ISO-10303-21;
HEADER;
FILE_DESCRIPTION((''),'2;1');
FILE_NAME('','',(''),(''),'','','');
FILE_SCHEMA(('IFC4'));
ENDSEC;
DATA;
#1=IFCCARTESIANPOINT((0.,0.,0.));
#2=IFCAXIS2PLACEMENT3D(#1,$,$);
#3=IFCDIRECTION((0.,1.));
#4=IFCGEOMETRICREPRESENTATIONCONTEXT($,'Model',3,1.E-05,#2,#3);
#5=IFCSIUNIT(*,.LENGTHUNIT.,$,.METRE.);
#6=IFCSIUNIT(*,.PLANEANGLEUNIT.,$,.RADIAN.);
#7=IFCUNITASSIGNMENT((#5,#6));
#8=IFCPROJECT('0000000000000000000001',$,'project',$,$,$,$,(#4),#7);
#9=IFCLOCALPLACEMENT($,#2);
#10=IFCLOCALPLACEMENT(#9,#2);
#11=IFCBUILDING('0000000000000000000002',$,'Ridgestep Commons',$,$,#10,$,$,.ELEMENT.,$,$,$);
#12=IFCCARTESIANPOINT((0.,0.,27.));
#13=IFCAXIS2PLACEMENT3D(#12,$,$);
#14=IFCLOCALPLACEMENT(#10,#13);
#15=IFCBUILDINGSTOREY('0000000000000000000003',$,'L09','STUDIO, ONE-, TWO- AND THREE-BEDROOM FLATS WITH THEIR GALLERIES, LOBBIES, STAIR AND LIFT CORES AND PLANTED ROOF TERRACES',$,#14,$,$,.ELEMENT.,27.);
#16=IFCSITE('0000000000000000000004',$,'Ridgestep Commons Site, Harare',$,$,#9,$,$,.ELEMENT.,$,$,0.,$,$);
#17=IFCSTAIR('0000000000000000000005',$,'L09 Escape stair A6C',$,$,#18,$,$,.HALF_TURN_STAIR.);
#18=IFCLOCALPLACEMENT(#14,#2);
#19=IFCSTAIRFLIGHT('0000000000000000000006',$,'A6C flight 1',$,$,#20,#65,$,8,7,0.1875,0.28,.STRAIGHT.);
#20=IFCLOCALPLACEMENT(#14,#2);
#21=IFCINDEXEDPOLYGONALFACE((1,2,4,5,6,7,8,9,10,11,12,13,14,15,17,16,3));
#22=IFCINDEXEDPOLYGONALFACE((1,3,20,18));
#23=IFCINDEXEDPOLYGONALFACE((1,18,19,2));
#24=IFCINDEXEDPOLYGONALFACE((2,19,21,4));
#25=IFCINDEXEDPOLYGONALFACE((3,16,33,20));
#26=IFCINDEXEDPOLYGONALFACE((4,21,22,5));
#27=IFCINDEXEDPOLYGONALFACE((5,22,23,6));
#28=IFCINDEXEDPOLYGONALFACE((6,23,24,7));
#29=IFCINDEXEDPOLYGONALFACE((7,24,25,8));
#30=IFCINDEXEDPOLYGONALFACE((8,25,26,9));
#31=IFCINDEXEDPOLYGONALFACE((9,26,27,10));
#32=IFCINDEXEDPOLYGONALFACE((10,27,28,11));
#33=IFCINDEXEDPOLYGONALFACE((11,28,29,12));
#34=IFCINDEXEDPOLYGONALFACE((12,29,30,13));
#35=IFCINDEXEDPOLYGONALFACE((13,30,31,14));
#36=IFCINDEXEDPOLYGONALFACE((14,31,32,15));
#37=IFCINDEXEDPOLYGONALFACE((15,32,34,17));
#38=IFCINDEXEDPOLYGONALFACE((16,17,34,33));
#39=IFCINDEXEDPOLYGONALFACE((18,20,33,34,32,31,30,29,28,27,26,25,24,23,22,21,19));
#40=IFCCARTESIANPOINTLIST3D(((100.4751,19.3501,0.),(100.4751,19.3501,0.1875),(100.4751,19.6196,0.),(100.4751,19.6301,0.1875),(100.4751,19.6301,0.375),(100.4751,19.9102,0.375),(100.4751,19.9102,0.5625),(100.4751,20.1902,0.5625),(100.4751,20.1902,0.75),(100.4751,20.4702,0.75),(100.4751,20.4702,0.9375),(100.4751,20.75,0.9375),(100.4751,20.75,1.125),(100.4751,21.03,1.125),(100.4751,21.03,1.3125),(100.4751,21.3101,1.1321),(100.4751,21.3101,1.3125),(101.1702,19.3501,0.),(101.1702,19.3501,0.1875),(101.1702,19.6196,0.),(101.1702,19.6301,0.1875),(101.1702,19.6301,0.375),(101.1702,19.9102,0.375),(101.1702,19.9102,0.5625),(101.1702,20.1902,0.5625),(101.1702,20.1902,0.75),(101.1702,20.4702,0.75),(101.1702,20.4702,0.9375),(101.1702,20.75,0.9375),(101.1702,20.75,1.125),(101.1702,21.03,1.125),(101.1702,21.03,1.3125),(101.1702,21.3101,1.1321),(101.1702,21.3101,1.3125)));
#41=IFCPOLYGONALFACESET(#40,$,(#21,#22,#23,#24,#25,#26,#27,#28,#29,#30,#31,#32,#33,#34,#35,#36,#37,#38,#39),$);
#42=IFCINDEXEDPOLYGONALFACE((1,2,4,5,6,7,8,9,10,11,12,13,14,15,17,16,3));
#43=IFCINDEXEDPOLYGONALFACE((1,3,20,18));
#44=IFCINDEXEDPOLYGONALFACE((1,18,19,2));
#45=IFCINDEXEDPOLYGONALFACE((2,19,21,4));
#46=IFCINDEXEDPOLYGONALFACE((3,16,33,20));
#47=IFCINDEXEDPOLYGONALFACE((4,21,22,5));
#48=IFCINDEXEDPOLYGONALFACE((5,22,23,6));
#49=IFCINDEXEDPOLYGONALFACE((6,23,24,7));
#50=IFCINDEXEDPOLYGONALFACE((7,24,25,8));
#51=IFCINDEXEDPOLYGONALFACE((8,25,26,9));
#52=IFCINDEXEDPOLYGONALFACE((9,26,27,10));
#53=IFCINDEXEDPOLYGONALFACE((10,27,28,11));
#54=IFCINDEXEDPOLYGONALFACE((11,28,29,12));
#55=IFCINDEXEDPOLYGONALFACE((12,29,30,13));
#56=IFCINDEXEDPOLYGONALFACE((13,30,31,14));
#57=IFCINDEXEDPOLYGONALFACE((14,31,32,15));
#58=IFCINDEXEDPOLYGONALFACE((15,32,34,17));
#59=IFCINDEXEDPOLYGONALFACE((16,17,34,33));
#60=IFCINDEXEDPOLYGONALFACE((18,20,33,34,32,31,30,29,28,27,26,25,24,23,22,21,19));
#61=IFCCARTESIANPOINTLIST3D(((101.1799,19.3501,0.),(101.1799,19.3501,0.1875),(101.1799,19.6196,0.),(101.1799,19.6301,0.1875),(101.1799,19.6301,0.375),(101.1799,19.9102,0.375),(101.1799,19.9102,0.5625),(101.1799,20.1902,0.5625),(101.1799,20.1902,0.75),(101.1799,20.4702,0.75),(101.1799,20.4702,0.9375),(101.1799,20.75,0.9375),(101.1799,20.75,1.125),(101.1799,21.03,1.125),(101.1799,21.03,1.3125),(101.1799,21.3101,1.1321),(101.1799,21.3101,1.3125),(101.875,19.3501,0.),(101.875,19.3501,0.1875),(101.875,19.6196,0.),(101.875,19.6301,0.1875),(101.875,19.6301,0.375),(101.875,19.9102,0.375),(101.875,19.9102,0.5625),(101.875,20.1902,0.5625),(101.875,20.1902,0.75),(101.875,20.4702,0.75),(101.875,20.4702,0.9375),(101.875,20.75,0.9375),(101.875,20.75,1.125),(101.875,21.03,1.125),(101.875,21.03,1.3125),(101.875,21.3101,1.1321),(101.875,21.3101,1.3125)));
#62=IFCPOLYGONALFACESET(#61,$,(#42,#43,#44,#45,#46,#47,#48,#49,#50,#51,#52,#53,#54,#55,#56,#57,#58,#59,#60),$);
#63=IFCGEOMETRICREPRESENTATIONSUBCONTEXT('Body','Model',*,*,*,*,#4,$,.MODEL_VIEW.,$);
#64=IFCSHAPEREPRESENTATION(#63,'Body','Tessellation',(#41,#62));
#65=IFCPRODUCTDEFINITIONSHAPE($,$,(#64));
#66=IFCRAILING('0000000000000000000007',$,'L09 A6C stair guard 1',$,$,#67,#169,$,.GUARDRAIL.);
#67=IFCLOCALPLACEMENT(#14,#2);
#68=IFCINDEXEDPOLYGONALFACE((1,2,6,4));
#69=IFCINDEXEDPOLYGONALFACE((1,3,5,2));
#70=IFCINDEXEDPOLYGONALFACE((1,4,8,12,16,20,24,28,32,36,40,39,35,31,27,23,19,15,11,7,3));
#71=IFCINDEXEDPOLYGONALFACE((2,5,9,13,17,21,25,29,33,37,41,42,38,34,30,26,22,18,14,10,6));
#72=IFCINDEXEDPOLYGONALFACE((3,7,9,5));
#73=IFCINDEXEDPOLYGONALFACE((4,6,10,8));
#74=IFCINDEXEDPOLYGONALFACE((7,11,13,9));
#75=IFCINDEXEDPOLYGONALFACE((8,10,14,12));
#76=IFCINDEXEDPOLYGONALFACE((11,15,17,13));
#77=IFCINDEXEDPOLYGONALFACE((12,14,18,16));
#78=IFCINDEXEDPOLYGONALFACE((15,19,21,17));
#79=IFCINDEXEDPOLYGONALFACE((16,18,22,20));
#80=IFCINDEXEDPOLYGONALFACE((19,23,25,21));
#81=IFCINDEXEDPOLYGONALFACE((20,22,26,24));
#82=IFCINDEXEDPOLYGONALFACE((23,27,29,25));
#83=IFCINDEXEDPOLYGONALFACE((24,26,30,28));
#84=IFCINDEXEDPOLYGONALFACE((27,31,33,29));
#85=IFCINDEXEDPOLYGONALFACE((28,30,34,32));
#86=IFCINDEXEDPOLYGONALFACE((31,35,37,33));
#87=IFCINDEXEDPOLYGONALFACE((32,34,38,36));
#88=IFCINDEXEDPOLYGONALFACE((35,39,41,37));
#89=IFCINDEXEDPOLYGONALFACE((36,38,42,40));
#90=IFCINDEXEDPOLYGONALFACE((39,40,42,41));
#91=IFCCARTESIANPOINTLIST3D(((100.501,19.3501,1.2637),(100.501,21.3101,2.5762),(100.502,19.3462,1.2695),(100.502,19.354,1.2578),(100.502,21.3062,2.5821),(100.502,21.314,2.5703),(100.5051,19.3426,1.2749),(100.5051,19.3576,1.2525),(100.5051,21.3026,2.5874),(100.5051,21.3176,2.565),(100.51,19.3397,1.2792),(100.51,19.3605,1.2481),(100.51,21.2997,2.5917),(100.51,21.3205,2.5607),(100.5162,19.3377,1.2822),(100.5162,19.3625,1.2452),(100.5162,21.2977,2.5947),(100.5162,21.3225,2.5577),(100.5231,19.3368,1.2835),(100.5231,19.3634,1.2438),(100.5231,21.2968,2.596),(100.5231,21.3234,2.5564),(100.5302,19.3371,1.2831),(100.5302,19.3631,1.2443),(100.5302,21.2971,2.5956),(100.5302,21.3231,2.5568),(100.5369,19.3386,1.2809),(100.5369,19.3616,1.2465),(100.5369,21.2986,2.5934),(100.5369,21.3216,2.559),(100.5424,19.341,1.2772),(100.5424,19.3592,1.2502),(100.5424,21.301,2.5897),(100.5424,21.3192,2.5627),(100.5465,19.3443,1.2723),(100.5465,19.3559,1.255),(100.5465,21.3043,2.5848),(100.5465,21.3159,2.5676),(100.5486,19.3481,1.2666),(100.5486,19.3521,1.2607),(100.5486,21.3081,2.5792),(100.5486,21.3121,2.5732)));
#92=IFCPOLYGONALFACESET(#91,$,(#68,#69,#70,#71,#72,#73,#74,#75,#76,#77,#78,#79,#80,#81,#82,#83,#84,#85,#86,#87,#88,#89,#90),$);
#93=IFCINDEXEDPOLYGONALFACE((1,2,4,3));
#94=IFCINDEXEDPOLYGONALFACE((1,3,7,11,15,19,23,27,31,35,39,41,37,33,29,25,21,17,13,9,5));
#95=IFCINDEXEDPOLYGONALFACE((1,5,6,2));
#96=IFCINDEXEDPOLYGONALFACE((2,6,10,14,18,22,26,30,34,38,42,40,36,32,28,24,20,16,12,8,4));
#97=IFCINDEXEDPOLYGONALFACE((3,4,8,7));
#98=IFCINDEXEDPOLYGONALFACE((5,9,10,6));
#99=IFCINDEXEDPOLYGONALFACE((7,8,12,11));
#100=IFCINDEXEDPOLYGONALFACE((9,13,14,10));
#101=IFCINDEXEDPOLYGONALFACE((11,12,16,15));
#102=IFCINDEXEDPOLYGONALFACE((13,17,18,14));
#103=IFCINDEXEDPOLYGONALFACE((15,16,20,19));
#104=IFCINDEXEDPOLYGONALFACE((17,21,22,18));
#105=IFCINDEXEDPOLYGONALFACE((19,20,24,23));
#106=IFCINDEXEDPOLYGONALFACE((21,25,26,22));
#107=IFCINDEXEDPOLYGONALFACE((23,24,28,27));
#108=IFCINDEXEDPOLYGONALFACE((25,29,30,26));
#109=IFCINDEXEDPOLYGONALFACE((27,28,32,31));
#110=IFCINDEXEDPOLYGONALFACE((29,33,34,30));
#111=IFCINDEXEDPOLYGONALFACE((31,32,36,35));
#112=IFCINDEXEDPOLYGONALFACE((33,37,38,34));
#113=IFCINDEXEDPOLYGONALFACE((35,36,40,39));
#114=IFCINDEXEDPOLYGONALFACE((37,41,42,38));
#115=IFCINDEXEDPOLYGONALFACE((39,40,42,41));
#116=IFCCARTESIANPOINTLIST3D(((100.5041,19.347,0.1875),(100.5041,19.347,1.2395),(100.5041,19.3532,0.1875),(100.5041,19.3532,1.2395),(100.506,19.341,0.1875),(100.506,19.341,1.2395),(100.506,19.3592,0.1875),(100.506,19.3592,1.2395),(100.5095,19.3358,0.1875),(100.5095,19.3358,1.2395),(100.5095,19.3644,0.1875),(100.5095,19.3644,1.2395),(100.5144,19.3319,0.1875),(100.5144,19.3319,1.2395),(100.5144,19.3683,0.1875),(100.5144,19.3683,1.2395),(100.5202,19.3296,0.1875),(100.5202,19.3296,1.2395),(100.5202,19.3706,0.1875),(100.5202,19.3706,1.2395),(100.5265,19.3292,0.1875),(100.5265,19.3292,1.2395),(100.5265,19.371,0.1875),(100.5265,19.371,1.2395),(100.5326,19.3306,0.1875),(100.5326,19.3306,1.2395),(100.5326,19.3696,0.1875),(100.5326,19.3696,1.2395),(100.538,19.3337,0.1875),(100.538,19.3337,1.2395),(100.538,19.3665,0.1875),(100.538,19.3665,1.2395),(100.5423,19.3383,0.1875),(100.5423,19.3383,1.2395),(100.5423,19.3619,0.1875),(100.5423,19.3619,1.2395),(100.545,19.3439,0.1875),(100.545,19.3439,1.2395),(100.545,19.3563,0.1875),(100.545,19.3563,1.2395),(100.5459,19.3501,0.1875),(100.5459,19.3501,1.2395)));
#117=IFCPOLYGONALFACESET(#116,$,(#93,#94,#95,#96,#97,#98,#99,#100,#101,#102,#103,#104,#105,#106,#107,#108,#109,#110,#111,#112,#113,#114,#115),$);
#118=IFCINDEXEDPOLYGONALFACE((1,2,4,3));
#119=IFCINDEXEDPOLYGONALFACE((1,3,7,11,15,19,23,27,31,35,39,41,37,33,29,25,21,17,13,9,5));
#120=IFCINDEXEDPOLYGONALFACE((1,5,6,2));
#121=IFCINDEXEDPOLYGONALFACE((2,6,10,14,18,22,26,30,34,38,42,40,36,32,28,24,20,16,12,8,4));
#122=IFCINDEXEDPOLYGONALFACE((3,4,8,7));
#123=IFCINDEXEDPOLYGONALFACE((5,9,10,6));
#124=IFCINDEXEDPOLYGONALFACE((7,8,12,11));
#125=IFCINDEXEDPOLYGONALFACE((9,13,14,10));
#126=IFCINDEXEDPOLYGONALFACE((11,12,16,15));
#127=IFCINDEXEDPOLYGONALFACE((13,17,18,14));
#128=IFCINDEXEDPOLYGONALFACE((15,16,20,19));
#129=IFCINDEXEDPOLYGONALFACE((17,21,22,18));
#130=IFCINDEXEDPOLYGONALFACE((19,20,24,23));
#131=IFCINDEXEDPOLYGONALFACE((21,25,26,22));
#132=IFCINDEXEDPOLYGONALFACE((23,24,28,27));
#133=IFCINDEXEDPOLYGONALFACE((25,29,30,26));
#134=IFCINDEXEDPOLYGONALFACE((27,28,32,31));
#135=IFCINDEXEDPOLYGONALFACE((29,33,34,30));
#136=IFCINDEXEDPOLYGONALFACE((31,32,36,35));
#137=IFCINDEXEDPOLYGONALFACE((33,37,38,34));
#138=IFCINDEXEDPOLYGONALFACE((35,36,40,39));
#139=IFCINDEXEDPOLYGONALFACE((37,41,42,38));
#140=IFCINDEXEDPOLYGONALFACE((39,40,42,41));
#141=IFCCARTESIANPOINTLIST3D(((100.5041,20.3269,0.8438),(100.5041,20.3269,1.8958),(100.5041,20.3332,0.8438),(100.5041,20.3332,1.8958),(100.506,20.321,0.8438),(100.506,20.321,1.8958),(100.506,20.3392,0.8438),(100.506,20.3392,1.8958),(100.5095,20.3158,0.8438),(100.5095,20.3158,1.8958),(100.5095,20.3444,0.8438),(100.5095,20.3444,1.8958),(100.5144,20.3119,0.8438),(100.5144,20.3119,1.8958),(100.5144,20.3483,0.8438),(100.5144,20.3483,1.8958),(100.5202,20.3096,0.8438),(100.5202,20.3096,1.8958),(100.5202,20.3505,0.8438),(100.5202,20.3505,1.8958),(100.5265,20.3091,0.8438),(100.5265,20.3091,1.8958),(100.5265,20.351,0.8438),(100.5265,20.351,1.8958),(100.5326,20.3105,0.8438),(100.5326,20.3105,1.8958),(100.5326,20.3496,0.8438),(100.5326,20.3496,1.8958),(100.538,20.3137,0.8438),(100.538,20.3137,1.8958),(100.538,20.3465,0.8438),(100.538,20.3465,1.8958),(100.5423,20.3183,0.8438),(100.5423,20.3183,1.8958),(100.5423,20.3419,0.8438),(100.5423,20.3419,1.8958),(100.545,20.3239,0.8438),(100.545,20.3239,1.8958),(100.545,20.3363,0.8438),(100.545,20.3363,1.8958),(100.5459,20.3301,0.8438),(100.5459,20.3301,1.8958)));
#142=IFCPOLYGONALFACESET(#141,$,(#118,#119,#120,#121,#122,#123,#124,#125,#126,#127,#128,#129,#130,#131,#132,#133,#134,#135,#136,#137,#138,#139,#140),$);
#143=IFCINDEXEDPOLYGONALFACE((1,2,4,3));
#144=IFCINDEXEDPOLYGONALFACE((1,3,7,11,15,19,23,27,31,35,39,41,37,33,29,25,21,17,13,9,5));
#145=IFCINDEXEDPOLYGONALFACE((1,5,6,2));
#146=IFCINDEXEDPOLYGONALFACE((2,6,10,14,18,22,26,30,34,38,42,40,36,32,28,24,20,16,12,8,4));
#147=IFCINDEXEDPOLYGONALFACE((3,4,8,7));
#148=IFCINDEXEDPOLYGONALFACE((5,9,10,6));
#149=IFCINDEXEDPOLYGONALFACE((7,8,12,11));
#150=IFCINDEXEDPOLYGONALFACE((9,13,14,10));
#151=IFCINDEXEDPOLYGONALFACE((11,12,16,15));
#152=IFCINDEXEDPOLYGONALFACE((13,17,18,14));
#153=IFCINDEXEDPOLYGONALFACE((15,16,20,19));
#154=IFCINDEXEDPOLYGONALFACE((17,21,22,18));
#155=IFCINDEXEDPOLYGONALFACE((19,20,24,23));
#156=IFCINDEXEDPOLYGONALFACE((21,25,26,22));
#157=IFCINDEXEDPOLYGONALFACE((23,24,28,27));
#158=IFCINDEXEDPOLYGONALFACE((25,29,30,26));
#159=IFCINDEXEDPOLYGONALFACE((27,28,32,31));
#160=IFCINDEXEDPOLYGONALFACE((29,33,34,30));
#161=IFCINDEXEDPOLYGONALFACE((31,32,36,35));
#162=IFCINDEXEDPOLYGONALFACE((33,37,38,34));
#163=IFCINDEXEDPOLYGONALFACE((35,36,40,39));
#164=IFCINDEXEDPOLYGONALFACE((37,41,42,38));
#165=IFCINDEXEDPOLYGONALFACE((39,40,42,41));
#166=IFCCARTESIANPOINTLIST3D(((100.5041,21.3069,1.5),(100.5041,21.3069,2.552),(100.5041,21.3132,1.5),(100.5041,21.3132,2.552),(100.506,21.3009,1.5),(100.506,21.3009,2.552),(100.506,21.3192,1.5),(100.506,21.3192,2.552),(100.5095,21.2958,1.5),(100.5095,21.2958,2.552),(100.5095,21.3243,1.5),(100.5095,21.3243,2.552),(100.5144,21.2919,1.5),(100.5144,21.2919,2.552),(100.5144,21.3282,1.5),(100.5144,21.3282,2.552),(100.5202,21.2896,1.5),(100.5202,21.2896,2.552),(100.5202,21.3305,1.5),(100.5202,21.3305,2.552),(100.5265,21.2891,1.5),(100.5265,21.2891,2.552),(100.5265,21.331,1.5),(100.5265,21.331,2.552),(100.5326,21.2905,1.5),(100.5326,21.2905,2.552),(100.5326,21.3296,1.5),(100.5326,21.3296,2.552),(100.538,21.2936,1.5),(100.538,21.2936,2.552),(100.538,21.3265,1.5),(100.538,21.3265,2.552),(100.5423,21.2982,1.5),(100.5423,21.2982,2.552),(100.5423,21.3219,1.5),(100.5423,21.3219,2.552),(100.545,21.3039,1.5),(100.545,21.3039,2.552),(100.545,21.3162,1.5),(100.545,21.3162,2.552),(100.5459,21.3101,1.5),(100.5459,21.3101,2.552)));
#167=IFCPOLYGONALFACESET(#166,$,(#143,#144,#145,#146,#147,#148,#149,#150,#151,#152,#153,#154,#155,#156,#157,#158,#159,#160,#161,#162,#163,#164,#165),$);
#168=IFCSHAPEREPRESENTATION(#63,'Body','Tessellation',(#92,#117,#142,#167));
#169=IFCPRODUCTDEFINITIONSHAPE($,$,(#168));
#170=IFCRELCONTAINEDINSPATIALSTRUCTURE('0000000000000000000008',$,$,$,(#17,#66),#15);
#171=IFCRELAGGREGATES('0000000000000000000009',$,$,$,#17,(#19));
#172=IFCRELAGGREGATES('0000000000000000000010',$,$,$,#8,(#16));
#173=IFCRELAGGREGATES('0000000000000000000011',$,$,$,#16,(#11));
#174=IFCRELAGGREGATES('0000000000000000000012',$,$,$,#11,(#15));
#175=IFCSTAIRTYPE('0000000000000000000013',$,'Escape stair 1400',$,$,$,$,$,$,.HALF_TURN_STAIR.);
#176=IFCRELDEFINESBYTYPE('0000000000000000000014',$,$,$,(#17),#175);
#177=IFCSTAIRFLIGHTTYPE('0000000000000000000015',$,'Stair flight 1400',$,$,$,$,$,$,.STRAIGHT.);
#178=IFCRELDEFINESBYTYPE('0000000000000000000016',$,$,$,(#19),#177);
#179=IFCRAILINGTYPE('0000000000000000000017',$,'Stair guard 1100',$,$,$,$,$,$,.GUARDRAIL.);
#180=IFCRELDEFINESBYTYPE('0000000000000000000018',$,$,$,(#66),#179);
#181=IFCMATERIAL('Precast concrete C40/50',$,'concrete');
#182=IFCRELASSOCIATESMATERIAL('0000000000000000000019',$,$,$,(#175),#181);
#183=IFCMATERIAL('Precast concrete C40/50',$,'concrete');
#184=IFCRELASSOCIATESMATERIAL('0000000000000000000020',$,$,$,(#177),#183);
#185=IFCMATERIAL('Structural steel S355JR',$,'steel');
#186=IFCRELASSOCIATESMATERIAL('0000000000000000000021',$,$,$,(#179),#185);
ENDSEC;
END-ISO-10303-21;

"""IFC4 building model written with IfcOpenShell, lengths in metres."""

from ifc_helpers import new_model, si_unit, direction, frame, origin, origin_2d, place, context, subcontext, project, spatial, polyline, circle, outline, extrude, material, type_object, element, aggregate, save


model = new_model("IFC4")

# Units and contexts
model_context = context("Model", 3, precision=1e-05, world=origin(), true_north=direction((0.0, 1.0)))
body_context = subcontext(model_context, "Body", "Model", "MODEL_VIEW")
ifc_project = project(units=[si_unit("LENGTHUNIT", "METRE"), si_unit("PLANEANGLEUNIT", "RADIAN")], contexts=[model_context])

# Site, building, storey
site_placement = place(None, origin())
site = spatial("IfcSite", under=ifc_project, at=site_placement, Name="Ridgestep Commons Site, Harare", CompositionType="ELEMENT", RefElevation=0.0)
building_placement = place(site_placement, origin())
building = spatial("IfcBuilding", under=site, at=building_placement, Name="Ridgestep Commons", CompositionType="ELEMENT")
storey_placement = place(building_placement, frame((0.0, 0.0, 27.0)))
storey = spatial("IfcBuildingStorey", under=building, at=storey_placement, Name="L09", Description="STUDIO, ONE-, TWO- AND THREE-BEDROOM FLATS WITH THEIR GALLERIES, LOBBIES, STAIR AND LIFT CORES AND PLANTED ROOF TERRACES", CompositionType="ELEMENT", Elevation=27.0)

# Stair, stair flight
ifc_material_1 = material(Name="Precast concrete C40/50", Category="concrete")
stair_type = type_object("IfcStairType", Name="Escape stair 1400", PredefinedType="HALF_TURN_STAIR", material=ifc_material_1)
stair_placement = place(storey_placement, origin())
stair = element("IfcStair", 1, at=stair_placement, inside=storey, type_object=stair_type, Name="L09 Escape stair A6C", PredefinedType="HALF_TURN_STAIR")
ifc_material_2 = material(Name="Precast concrete C40/50", Category="concrete")
stair_flight_type = type_object("IfcStairFlightType", Name="Stair flight 1400", PredefinedType="STRAIGHT", material=ifc_material_2)
stair_flight_placement = place(storey_placement, frame((101.175, 19.3501, 0.0), z_axis=(0.0, 0.0, 1.0), x_axis=(0.0, 1.0, 0.0)))
stair_flight = element("IfcStairFlight", 2, at=stair_flight_placement, type_object=stair_flight_type, Name="A6C flight 1", NumberOfRisers=8, NumberOfTreads=7, PredefinedType="STRAIGHT", RiserHeight=0.1875, TreadLength=0.28, context=body_context, shape_type="SweptSolid", body=[
    extrude(outline(polyline([(0.0, 0.0), (0.0, 0.1875), (0.28, 0.1875), (0.28, 0.375), (0.5601, 0.375), (0.5601, 0.5625), (0.8401, 0.5625), (0.8401, 0.75), (1.1201, 0.75), (1.1201, 0.9375), (1.3999, 0.9375), (1.3999, 1.125), (1.6799, 1.125), (1.6799, 1.3125), (1.96, 1.3125), (1.96, 1.5), (1.96, 1.1321), (0.2695, 0.0), (0.0, 0.0)])), frame((0.0, 0.7, 0.0), z_axis=(0.0, -1.0, 0.0), x_axis=(1.0, 0.0, 0.0)), (0.0, 0.0, 1.0), 0.6951),
    extrude(outline(polyline([(0.0, 0.0), (0.0, 0.1875), (0.28, 0.1875), (0.28, 0.375), (0.5601, 0.375), (0.5601, 0.5625), (0.8401, 0.5625), (0.8401, 0.75), (1.1201, 0.75), (1.1201, 0.9375), (1.3999, 0.9375), (1.3999, 1.125), (1.6799, 1.125), (1.6799, 1.3125), (1.96, 1.3125), (1.96, 1.5), (1.96, 1.1321), (0.2695, 0.0), (0.0, 0.0)])), frame((0.0, -0.0049, 0.0), z_axis=(0.0, -1.0, 0.0), x_axis=(1.0, 0.0, 0.0)), (0.0, 0.0, 1.0), 0.6951),
])
aggregate(stair, [stair_flight])

# Railing
ifc_material_3 = material(Name="Structural steel S355JR", Category="steel")
railing_type_1 = type_object("IfcRailingType", Name="Stair guard 1100", PredefinedType="GUARDRAIL", material=ifc_material_3)
railing_1_placement = place(storey_placement, frame((100.5249, 19.3501, 0.1875)))
element("IfcRailing", 3, at=railing_1_placement, inside=storey, type_object=railing_type_1, Name="L09 A6C stair guard 1", PredefinedType="GUARDRAIL", context=body_context, shape_type="SweptSolid", body=[
    extrude(circle(Radius=0.0239, at=origin_2d()), frame((0.0, 0.0, 1.0762), z_axis=(0.0, 0.830902, 0.556419), x_axis=(-1.0, 0.0, 0.0)), (0.0, 0.0, 1.0), 2.3589),
    extrude(circle(Radius=0.021, at=origin_2d()), origin(), (0.0, 0.0, 1.0), 1.052),
    extrude(circle(Radius=0.021, at=origin_2d()), frame((0.0, 0.98, 0.6562)), (0.0, 0.0, 1.0), 1.052),
    extrude(circle(Radius=0.021, at=origin_2d()), frame((0.0, 1.96, 1.3125)), (0.0, 0.0, 1.0), 1.052),
])

save(model, "model.ifc")
